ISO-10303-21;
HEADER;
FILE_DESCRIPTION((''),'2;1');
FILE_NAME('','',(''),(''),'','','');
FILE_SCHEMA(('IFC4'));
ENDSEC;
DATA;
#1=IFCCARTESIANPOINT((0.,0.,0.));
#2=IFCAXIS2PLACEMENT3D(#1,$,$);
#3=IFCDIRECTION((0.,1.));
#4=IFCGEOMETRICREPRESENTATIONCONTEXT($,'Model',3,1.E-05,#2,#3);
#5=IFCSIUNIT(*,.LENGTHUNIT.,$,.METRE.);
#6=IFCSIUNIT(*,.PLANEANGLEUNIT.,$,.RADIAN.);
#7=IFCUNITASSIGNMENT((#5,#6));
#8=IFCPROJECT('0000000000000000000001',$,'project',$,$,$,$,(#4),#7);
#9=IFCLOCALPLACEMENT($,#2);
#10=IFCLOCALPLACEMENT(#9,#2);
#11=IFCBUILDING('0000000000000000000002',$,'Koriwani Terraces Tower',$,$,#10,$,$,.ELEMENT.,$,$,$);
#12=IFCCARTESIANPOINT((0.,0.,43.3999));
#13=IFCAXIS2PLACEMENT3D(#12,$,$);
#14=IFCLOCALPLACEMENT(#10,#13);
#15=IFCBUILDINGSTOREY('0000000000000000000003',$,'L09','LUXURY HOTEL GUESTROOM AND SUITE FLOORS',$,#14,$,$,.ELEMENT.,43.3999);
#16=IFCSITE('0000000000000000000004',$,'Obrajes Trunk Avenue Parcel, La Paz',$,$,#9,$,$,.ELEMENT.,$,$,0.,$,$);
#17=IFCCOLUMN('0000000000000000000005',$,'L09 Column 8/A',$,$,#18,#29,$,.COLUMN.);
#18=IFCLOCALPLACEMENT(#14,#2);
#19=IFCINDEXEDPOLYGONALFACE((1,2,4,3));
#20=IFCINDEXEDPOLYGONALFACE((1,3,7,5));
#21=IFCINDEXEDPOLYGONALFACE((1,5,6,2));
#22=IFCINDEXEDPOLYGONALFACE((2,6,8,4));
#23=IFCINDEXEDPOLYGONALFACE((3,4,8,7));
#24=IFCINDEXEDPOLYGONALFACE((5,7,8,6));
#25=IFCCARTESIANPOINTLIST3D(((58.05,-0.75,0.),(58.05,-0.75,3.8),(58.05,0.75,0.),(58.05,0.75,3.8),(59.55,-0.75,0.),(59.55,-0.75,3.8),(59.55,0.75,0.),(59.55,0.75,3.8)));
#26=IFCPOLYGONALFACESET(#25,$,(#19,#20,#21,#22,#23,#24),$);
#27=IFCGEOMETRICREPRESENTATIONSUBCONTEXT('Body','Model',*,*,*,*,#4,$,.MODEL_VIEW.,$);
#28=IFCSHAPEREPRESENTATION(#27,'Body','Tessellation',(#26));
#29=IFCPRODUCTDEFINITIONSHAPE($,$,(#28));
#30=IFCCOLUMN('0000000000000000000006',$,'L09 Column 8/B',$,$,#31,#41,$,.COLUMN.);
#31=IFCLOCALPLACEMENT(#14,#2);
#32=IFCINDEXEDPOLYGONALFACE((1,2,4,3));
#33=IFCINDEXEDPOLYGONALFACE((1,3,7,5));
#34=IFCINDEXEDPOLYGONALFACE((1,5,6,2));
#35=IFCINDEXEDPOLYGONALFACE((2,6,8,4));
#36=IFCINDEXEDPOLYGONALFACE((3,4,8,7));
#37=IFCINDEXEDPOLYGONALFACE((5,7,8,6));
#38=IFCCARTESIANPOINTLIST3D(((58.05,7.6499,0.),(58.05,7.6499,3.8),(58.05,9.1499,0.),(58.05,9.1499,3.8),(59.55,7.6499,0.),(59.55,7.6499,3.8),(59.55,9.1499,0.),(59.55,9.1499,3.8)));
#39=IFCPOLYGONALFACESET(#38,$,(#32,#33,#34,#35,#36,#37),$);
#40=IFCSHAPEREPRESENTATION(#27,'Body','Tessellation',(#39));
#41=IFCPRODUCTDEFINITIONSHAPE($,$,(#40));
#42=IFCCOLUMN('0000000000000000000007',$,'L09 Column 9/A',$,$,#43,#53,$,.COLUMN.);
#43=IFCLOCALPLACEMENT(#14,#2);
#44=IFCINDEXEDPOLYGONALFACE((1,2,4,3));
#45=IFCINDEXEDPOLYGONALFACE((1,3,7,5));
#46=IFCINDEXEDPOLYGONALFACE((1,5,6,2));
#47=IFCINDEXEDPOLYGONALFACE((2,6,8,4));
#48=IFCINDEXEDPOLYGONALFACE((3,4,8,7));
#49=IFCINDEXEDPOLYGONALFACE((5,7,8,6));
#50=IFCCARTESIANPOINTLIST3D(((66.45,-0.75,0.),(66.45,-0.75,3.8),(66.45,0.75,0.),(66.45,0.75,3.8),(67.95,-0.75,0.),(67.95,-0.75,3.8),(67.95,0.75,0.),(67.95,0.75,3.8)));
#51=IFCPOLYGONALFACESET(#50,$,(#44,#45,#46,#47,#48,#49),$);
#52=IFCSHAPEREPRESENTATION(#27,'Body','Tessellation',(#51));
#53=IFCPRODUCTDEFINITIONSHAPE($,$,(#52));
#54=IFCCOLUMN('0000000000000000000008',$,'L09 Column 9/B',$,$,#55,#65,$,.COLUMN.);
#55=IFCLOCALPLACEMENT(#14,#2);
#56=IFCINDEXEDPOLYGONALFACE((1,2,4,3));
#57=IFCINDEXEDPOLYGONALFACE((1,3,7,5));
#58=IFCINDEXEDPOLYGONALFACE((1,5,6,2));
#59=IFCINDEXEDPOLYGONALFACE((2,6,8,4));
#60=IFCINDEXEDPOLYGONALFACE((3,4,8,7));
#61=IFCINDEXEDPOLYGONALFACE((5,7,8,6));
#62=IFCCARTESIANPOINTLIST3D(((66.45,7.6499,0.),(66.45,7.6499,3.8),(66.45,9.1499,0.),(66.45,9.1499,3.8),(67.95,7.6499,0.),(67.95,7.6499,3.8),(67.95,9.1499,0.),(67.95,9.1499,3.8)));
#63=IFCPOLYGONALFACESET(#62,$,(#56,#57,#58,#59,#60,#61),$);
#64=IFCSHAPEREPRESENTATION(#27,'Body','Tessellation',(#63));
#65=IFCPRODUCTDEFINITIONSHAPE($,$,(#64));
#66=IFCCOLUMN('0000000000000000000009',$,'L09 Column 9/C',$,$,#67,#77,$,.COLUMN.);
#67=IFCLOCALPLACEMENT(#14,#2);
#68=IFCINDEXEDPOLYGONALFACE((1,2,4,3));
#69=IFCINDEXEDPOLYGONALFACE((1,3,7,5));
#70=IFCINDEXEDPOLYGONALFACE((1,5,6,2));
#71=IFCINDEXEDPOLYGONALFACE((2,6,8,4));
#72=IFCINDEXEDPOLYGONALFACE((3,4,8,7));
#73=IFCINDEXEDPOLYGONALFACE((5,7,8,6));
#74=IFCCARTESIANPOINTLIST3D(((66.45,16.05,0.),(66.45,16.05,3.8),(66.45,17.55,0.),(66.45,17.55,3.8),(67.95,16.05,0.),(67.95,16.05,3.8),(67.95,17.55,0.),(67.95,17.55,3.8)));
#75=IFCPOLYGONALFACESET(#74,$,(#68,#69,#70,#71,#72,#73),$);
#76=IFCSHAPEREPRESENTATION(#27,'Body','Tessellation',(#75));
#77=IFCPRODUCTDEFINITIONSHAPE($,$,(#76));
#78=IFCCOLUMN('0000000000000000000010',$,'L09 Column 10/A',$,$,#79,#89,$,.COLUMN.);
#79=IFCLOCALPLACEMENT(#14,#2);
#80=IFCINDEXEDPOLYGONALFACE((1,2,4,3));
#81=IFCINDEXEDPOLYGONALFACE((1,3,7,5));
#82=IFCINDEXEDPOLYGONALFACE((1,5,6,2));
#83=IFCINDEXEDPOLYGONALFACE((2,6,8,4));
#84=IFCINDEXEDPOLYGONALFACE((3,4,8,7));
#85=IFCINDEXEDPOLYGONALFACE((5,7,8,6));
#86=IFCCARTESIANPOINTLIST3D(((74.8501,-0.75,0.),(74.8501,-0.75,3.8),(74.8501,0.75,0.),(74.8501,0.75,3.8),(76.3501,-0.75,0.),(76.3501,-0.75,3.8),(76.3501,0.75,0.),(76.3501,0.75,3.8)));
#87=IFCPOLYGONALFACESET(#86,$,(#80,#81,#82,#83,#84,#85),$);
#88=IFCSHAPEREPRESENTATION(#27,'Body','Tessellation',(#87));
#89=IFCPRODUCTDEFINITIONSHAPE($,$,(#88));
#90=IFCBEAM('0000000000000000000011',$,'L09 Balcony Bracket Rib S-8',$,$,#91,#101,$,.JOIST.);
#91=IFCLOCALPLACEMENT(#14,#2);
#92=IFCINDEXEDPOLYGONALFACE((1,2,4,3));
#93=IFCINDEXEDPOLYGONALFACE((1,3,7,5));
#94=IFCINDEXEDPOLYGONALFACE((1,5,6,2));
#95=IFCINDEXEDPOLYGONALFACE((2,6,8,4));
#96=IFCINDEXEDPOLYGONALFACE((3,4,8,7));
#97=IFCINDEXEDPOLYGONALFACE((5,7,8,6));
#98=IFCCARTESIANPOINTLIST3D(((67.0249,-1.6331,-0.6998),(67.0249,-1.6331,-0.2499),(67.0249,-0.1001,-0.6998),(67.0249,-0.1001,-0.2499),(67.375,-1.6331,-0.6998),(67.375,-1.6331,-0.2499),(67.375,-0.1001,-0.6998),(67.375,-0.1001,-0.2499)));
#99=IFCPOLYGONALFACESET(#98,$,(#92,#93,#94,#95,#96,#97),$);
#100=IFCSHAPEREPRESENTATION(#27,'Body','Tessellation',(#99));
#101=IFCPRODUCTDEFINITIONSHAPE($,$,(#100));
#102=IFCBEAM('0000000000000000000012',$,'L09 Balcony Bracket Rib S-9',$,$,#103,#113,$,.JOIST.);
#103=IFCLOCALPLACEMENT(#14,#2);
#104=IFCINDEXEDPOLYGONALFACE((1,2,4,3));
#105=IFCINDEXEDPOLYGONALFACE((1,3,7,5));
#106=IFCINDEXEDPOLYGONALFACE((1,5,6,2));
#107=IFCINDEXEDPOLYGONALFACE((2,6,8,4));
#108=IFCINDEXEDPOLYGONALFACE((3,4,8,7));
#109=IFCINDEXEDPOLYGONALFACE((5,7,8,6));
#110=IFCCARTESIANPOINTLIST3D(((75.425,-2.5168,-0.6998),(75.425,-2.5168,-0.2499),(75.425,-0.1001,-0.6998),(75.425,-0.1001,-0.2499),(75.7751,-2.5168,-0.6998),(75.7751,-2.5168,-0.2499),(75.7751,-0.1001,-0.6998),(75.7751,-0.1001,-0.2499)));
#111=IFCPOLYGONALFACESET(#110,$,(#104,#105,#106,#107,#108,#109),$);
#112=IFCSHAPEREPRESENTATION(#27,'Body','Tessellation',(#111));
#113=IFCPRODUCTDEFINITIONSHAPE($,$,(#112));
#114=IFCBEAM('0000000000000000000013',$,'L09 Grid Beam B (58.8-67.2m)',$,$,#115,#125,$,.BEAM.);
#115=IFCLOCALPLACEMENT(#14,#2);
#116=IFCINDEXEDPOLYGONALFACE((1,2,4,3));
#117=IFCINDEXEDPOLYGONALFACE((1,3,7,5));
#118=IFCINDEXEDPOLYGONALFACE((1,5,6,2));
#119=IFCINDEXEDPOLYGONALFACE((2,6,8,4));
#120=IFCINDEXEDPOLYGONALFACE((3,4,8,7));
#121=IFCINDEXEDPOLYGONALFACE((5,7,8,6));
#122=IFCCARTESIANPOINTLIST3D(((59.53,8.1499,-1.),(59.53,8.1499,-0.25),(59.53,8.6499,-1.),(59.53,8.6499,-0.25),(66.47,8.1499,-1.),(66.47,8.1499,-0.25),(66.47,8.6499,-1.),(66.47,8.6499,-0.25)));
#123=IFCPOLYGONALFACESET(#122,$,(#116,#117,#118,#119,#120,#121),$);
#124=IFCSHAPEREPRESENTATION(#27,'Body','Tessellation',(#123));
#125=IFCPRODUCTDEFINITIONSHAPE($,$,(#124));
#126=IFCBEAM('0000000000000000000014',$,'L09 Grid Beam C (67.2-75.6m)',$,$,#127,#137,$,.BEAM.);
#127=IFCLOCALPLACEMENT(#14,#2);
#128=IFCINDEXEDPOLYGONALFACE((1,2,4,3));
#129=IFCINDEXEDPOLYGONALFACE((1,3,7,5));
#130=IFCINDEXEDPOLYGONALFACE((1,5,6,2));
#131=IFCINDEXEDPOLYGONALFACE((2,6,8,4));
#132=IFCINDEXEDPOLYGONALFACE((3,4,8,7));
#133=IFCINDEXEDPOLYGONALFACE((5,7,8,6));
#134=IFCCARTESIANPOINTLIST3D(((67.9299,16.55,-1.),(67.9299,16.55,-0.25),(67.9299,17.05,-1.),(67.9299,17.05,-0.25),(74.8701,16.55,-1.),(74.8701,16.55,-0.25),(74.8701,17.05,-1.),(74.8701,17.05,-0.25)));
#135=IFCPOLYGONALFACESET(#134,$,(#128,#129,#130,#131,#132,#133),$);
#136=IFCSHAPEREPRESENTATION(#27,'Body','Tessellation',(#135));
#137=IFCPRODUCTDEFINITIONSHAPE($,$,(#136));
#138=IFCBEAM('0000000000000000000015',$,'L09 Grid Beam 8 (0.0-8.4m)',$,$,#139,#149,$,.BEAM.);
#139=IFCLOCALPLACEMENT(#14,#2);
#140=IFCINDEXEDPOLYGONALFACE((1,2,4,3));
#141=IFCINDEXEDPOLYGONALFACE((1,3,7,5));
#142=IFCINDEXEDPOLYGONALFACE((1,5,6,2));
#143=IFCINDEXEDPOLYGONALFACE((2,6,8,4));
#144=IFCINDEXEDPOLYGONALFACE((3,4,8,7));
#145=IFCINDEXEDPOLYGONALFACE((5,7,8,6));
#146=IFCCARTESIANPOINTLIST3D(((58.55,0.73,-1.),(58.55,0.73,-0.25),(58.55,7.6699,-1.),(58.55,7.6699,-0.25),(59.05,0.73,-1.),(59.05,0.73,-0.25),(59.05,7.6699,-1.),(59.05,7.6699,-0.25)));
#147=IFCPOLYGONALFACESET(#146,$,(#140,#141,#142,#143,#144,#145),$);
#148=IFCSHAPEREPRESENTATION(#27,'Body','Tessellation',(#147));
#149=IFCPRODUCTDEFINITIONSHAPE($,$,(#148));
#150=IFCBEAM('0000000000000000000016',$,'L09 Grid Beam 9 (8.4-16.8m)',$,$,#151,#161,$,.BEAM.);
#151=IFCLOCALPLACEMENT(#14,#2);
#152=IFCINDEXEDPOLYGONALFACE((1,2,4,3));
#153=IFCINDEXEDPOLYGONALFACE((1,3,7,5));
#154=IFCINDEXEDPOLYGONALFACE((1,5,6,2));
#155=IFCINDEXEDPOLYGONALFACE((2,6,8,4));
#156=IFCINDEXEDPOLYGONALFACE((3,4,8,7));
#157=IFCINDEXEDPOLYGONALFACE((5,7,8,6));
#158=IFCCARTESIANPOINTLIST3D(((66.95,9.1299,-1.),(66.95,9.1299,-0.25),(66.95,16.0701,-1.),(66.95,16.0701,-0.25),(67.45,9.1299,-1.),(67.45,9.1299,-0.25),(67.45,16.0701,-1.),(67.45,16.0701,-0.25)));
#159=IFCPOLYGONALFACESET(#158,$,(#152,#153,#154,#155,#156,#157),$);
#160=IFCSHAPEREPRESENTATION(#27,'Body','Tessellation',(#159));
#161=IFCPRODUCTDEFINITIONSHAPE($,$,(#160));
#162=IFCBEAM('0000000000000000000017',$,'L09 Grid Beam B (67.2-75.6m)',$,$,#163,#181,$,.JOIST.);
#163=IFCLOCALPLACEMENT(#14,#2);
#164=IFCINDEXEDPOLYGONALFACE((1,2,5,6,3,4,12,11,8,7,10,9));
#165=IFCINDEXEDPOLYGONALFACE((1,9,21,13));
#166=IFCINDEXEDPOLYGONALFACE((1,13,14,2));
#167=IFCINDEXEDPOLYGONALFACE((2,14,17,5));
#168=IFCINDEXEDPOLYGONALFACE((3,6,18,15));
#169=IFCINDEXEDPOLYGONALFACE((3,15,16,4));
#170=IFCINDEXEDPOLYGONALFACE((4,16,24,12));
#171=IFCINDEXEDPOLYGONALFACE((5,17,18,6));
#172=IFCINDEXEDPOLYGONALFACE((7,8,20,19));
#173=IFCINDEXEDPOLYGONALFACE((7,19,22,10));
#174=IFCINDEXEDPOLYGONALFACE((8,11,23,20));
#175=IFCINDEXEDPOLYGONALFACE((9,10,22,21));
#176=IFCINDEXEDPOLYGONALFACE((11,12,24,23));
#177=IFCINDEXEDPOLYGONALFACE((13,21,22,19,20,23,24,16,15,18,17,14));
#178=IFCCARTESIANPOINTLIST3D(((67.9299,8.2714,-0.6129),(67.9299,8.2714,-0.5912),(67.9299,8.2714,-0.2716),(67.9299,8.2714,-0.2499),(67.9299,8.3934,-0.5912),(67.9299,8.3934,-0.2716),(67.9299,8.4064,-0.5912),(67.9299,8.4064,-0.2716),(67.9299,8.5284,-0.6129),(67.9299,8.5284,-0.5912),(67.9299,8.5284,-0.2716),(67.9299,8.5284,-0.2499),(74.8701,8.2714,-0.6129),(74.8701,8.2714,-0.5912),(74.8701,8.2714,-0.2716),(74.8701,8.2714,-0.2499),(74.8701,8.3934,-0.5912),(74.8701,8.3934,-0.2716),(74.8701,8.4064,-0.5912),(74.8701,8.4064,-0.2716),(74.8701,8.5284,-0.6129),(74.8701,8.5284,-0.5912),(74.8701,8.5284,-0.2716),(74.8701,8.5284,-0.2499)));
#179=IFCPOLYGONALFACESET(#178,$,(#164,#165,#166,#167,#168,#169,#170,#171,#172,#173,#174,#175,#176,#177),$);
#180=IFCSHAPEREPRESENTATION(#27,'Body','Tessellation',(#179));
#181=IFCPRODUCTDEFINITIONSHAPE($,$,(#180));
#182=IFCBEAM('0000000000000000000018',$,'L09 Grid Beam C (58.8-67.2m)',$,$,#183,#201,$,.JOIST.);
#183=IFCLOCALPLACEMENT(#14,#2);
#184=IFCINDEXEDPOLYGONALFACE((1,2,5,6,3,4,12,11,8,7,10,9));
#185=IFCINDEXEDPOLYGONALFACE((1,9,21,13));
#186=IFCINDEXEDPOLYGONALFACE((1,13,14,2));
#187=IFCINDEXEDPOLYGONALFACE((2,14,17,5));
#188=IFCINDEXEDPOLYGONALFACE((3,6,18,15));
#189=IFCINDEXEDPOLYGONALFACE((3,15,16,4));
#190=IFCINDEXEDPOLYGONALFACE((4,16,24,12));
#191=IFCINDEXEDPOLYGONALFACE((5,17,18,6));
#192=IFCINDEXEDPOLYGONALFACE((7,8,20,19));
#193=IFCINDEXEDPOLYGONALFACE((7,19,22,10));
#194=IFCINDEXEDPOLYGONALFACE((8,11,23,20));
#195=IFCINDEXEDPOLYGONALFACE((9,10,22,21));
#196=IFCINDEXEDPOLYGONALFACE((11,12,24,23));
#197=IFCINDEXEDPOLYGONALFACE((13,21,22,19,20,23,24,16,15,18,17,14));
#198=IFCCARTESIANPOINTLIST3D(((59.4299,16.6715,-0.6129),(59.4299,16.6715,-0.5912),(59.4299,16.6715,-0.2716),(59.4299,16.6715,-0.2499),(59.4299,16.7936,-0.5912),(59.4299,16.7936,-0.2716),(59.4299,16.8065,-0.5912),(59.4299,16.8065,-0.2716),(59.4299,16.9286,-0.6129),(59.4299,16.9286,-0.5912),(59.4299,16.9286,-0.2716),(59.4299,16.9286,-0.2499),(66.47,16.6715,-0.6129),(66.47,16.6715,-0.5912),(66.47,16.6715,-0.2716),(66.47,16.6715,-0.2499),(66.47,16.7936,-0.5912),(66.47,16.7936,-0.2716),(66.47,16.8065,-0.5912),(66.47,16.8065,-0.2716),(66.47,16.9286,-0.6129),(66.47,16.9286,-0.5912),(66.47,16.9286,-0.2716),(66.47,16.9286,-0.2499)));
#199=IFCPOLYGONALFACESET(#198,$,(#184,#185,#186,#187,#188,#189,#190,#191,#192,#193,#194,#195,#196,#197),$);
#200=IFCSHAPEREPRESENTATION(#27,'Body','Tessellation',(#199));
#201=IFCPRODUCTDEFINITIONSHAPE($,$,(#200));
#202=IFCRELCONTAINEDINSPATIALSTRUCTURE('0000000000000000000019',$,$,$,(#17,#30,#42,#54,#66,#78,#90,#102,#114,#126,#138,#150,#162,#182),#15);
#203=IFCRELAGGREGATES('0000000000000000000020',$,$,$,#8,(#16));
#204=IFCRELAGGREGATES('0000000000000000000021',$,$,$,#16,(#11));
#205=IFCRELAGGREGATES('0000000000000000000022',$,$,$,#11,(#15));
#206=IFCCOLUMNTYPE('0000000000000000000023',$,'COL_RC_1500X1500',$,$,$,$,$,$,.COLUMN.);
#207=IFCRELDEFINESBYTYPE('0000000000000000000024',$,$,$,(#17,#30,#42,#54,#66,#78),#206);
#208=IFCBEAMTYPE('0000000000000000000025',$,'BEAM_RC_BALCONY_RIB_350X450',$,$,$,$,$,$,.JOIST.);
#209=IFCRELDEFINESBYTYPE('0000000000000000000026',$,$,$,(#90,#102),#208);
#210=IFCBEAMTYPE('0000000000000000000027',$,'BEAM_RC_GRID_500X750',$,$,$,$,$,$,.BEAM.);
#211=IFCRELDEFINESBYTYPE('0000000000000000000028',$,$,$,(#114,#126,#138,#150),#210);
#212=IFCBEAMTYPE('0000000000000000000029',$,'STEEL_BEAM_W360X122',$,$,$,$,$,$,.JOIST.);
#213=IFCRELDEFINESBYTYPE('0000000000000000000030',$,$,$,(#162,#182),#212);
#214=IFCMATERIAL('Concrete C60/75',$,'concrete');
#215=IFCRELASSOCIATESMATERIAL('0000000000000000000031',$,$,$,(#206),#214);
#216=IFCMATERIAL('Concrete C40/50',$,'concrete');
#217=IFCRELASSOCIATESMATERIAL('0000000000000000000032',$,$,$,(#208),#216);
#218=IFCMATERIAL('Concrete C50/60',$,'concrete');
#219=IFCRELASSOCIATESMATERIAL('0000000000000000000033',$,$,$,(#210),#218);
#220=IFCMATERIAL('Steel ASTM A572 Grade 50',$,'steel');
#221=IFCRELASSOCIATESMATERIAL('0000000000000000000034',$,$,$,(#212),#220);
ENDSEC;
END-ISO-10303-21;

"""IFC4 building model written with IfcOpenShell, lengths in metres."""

from ifc_helpers import new_model, si_unit, direction, frame, origin, origin_2d, place, context, subcontext, project, spatial, rectangle, i_section, extrude, material, material_profile, profile_set, type_object, element, save


model = new_model("IFC4")

# Units and contexts
model_context = context("Model", 3, precision=1e-05, world=origin(), true_north=direction((0.0, 1.0)))
body_context = subcontext(model_context, "Body", "Model", "MODEL_VIEW")
ifc_project = project(units=[si_unit("LENGTHUNIT", "METRE"), si_unit("PLANEANGLEUNIT", "RADIAN")], contexts=[model_context])

# Site, building, storey
site_placement = place(None, origin())
site = spatial("IfcSite", under=ifc_project, at=site_placement, Name="Obrajes Trunk Avenue Parcel, La Paz", CompositionType="ELEMENT", RefElevation=0.0)
building_placement = place(site_placement, origin())
building = spatial("IfcBuilding", under=site, at=building_placement, Name="Koriwani Terraces Tower", CompositionType="ELEMENT")
storey_placement = place(building_placement, frame((0.0, 0.0, 43.3999)))
storey = spatial("IfcBuildingStorey", under=building, at=storey_placement, Name="L09", Description="LUXURY HOTEL GUESTROOM AND SUITE FLOORS", CompositionType="ELEMENT", Elevation=43.3999)

# Columns
ifc_material_1 = material(Name="Concrete C60/75", Category="concrete")
ifc_material_profile_1 = material_profile(ifc_material_1, rectangle(XDim=1.5, YDim=1.5, at=origin_2d()), Name="Concrete C60/75", Category="LoadBearing")
ifc_profile_set_1 = profile_set([ifc_material_profile_1], Name="Concrete C60/75")
column_type = type_object("IfcColumnType", Name="COL_RC_1500X1500", PredefinedType="COLUMN", material=ifc_profile_set_1)
for number, where, z_axis, x_axis, name in (
    (1, (58.8, 0.0, 0.0), (0.0, 0.0, 1.0), (1.0, 0.0, 0.0), "L09 Column 8/A"),
    (2, (58.8, 8.3999, 0.0), (0.0, 0.0, 1.0), (1.0, 0.0, 0.0), "L09 Column 8/B"),
    (3, (67.2, 0.0, 0.0), (0.0, 0.0, 1.0), (1.0, 0.0, 0.0), "L09 Column 9/A"),
    (4, (67.2, 8.3999, 0.0), (0.0, 0.0, 1.0), (1.0, 0.0, 0.0), "L09 Column 9/B"),
    (5, (67.2, 16.8, 0.0), (0.0, 0.0, 1.0), (1.0, 0.0, 0.0), "L09 Column 9/C"),
    (6, (75.6001, 0.0, 0.0), (0.0, 0.0, 1.0), (1.0, 0.0, 0.0), "L09 Column 10/A"),
):
    element("IfcColumn", number, at=place(storey_placement, frame(where, z_axis=z_axis, x_axis=x_axis)), inside=storey, type_object=column_type, Name=name, PredefinedType="COLUMN", context=body_context, shape_type="SweptSolid", body=[
        extrude(rectangle(XDim=1.5, YDim=1.5, at=origin_2d()), origin(), (0.0, 0.0, 1.0), 3.8),
    ])

# Beams
ifc_material_2 = material(Name="Concrete C40/50", Category="concrete")
ifc_material_profile_2 = material_profile(ifc_material_2, rectangle(XDim=0.3501, YDim=0.45, at=origin_2d()), Name="Concrete C40/50", Category="LoadBearing")
ifc_profile_set_2 = profile_set([ifc_material_profile_2], Name="Concrete C40/50")
beam_type_1 = type_object("IfcBeamType", Name="BEAM_RC_BALCONY_RIB_350X450", PredefinedType="JOIST", material=ifc_profile_set_2)
beam_1_placement = place(storey_placement, frame((67.2, -1.6331, -0.4749), z_axis=(0.0, 1.0, 0.0), x_axis=(-1.0, 0.0, 0.0)))
element("IfcBeam", 7, at=beam_1_placement, inside=storey, type_object=beam_type_1, Name="L09 Balcony Bracket Rib S-8", PredefinedType="JOIST", context=body_context, shape_type="SweptSolid", body=[
    extrude(rectangle(XDim=0.3501, YDim=0.45, at=origin_2d()), origin(), (0.0, 0.0, 1.0), 1.533),
])
beam_2_placement = place(storey_placement, frame((75.6001, -2.5168, -0.4749), z_axis=(0.0, 1.0, 0.0), x_axis=(-1.0, 0.0, 0.0)))
element("IfcBeam", 8, at=beam_2_placement, inside=storey, type_object=beam_type_1, Name="L09 Balcony Bracket Rib S-9", PredefinedType="JOIST", context=body_context, shape_type="SweptSolid", body=[
    extrude(rectangle(XDim=0.3501, YDim=0.45, at=origin_2d()), origin(), (0.0, 0.0, 1.0), 2.4167),
])
ifc_material_3 = material(Name="Concrete C50/60", Category="concrete")
ifc_material_profile_3 = material_profile(ifc_material_3, rectangle(XDim=0.5, YDim=0.75, at=origin_2d()), Name="Concrete C50/60", Category="LoadBearing")
ifc_profile_set_3 = profile_set([ifc_material_profile_3], Name="Concrete C50/60")
beam_type_2 = type_object("IfcBeamType", Name="BEAM_RC_GRID_500X750", PredefinedType="BEAM", material=ifc_profile_set_3)
beam_3_placement = place(storey_placement, frame((59.53, 8.3999, -0.625), z_axis=(1.0, 0.0, 0.0), x_axis=(0.0, 1.0, 0.0)))
element("IfcBeam", 9, at=beam_3_placement, inside=storey, type_object=beam_type_2, Name="L09 Grid Beam B (58.8-67.2m)", PredefinedType="BEAM", context=body_context, shape_type="SweptSolid", body=[
    extrude(rectangle(XDim=0.5, YDim=0.75, at=origin_2d()), origin(), (0.0, 0.0, 1.0), 6.9399),
])
beam_4_placement = place(storey_placement, frame((67.9299, 16.8, -0.625), z_axis=(1.0, 0.0, 0.0), x_axis=(0.0, 1.0, 0.0)))
element("IfcBeam", 10, at=beam_4_placement, inside=storey, type_object=beam_type_2, Name="L09 Grid Beam C (67.2-75.6m)", PredefinedType="BEAM", context=body_context, shape_type="SweptSolid", body=[
    extrude(rectangle(XDim=0.5, YDim=0.75, at=origin_2d()), origin(), (0.0, 0.0, 1.0), 6.9402),
])
beam_5_placement = place(storey_placement, frame((58.8, 0.73, -0.625), z_axis=(0.0, 1.0, 0.0), x_axis=(-1.0, 0.0, 0.0)))
element("IfcBeam", 11, at=beam_5_placement, inside=storey, type_object=beam_type_2, Name="L09 Grid Beam 8 (0.0-8.4m)", PredefinedType="BEAM", context=body_context, shape_type="SweptSolid", body=[
    extrude(rectangle(XDim=0.5, YDim=0.75, at=origin_2d()), origin(), (0.0, 0.0, 1.0), 6.9399),
])
beam_6_placement = place(storey_placement, frame((67.2, 9.1299, -0.625), z_axis=(0.0, 1.0, 0.0), x_axis=(-1.0, 0.0, 0.0)))
element("IfcBeam", 12, at=beam_6_placement, inside=storey, type_object=beam_type_2, Name="L09 Grid Beam 9 (8.4-16.8m)", PredefinedType="BEAM", context=body_context, shape_type="SweptSolid", body=[
    extrude(rectangle(XDim=0.5, YDim=0.75, at=origin_2d()), origin(), (0.0, 0.0, 1.0), 6.9402),
])
ifc_material_4 = material(Name="Steel ASTM A572 Grade 50", Category="steel")
ifc_material_profile_4 = material_profile(ifc_material_4, i_section(OverallWidth=0.2571, OverallDepth=0.363, WebThickness=0.0129, FlangeThickness=0.0217, at=origin_2d()), Name="Steel ASTM A572 Grade 50", Category="LoadBearing")
ifc_profile_set_4 = profile_set([ifc_material_profile_4], Name="Steel ASTM A572 Grade 50")
beam_type_3 = type_object("IfcBeamType", Name="STEEL_BEAM_W360X122", PredefinedType="JOIST", material=ifc_profile_set_4)
beam_7_placement = place(storey_placement, frame((67.9299, 8.3999, -0.4314), z_axis=(1.0, 0.0, 0.0), x_axis=(0.0, 1.0, 0.0)))
element("IfcBeam", 13, at=beam_7_placement, inside=storey, type_object=beam_type_3, Name="L09 Grid Beam B (67.2-75.6m)", PredefinedType="JOIST", context=body_context, shape_type="SweptSolid", body=[
    extrude(i_section(OverallWidth=0.2571, OverallDepth=0.363, WebThickness=0.0129, FlangeThickness=0.0217, at=origin_2d()), origin(), (0.0, 0.0, 1.0), 6.9402),
])
beam_8_placement = place(storey_placement, frame((59.4299, 16.8, -0.4314), z_axis=(1.0, 0.0, 0.0), x_axis=(0.0, 1.0, 0.0)))
element("IfcBeam", 14, at=beam_8_placement, inside=storey, type_object=beam_type_3, Name="L09 Grid Beam C (58.8-67.2m)", PredefinedType="JOIST", context=body_context, shape_type="SweptSolid", body=[
    extrude(i_section(OverallWidth=0.2571, OverallDepth=0.363, WebThickness=0.0129, FlangeThickness=0.0217, at=origin_2d()), origin(), (0.0, 0.0, 1.0), 7.04),
])

save(model, "model.ifc")
